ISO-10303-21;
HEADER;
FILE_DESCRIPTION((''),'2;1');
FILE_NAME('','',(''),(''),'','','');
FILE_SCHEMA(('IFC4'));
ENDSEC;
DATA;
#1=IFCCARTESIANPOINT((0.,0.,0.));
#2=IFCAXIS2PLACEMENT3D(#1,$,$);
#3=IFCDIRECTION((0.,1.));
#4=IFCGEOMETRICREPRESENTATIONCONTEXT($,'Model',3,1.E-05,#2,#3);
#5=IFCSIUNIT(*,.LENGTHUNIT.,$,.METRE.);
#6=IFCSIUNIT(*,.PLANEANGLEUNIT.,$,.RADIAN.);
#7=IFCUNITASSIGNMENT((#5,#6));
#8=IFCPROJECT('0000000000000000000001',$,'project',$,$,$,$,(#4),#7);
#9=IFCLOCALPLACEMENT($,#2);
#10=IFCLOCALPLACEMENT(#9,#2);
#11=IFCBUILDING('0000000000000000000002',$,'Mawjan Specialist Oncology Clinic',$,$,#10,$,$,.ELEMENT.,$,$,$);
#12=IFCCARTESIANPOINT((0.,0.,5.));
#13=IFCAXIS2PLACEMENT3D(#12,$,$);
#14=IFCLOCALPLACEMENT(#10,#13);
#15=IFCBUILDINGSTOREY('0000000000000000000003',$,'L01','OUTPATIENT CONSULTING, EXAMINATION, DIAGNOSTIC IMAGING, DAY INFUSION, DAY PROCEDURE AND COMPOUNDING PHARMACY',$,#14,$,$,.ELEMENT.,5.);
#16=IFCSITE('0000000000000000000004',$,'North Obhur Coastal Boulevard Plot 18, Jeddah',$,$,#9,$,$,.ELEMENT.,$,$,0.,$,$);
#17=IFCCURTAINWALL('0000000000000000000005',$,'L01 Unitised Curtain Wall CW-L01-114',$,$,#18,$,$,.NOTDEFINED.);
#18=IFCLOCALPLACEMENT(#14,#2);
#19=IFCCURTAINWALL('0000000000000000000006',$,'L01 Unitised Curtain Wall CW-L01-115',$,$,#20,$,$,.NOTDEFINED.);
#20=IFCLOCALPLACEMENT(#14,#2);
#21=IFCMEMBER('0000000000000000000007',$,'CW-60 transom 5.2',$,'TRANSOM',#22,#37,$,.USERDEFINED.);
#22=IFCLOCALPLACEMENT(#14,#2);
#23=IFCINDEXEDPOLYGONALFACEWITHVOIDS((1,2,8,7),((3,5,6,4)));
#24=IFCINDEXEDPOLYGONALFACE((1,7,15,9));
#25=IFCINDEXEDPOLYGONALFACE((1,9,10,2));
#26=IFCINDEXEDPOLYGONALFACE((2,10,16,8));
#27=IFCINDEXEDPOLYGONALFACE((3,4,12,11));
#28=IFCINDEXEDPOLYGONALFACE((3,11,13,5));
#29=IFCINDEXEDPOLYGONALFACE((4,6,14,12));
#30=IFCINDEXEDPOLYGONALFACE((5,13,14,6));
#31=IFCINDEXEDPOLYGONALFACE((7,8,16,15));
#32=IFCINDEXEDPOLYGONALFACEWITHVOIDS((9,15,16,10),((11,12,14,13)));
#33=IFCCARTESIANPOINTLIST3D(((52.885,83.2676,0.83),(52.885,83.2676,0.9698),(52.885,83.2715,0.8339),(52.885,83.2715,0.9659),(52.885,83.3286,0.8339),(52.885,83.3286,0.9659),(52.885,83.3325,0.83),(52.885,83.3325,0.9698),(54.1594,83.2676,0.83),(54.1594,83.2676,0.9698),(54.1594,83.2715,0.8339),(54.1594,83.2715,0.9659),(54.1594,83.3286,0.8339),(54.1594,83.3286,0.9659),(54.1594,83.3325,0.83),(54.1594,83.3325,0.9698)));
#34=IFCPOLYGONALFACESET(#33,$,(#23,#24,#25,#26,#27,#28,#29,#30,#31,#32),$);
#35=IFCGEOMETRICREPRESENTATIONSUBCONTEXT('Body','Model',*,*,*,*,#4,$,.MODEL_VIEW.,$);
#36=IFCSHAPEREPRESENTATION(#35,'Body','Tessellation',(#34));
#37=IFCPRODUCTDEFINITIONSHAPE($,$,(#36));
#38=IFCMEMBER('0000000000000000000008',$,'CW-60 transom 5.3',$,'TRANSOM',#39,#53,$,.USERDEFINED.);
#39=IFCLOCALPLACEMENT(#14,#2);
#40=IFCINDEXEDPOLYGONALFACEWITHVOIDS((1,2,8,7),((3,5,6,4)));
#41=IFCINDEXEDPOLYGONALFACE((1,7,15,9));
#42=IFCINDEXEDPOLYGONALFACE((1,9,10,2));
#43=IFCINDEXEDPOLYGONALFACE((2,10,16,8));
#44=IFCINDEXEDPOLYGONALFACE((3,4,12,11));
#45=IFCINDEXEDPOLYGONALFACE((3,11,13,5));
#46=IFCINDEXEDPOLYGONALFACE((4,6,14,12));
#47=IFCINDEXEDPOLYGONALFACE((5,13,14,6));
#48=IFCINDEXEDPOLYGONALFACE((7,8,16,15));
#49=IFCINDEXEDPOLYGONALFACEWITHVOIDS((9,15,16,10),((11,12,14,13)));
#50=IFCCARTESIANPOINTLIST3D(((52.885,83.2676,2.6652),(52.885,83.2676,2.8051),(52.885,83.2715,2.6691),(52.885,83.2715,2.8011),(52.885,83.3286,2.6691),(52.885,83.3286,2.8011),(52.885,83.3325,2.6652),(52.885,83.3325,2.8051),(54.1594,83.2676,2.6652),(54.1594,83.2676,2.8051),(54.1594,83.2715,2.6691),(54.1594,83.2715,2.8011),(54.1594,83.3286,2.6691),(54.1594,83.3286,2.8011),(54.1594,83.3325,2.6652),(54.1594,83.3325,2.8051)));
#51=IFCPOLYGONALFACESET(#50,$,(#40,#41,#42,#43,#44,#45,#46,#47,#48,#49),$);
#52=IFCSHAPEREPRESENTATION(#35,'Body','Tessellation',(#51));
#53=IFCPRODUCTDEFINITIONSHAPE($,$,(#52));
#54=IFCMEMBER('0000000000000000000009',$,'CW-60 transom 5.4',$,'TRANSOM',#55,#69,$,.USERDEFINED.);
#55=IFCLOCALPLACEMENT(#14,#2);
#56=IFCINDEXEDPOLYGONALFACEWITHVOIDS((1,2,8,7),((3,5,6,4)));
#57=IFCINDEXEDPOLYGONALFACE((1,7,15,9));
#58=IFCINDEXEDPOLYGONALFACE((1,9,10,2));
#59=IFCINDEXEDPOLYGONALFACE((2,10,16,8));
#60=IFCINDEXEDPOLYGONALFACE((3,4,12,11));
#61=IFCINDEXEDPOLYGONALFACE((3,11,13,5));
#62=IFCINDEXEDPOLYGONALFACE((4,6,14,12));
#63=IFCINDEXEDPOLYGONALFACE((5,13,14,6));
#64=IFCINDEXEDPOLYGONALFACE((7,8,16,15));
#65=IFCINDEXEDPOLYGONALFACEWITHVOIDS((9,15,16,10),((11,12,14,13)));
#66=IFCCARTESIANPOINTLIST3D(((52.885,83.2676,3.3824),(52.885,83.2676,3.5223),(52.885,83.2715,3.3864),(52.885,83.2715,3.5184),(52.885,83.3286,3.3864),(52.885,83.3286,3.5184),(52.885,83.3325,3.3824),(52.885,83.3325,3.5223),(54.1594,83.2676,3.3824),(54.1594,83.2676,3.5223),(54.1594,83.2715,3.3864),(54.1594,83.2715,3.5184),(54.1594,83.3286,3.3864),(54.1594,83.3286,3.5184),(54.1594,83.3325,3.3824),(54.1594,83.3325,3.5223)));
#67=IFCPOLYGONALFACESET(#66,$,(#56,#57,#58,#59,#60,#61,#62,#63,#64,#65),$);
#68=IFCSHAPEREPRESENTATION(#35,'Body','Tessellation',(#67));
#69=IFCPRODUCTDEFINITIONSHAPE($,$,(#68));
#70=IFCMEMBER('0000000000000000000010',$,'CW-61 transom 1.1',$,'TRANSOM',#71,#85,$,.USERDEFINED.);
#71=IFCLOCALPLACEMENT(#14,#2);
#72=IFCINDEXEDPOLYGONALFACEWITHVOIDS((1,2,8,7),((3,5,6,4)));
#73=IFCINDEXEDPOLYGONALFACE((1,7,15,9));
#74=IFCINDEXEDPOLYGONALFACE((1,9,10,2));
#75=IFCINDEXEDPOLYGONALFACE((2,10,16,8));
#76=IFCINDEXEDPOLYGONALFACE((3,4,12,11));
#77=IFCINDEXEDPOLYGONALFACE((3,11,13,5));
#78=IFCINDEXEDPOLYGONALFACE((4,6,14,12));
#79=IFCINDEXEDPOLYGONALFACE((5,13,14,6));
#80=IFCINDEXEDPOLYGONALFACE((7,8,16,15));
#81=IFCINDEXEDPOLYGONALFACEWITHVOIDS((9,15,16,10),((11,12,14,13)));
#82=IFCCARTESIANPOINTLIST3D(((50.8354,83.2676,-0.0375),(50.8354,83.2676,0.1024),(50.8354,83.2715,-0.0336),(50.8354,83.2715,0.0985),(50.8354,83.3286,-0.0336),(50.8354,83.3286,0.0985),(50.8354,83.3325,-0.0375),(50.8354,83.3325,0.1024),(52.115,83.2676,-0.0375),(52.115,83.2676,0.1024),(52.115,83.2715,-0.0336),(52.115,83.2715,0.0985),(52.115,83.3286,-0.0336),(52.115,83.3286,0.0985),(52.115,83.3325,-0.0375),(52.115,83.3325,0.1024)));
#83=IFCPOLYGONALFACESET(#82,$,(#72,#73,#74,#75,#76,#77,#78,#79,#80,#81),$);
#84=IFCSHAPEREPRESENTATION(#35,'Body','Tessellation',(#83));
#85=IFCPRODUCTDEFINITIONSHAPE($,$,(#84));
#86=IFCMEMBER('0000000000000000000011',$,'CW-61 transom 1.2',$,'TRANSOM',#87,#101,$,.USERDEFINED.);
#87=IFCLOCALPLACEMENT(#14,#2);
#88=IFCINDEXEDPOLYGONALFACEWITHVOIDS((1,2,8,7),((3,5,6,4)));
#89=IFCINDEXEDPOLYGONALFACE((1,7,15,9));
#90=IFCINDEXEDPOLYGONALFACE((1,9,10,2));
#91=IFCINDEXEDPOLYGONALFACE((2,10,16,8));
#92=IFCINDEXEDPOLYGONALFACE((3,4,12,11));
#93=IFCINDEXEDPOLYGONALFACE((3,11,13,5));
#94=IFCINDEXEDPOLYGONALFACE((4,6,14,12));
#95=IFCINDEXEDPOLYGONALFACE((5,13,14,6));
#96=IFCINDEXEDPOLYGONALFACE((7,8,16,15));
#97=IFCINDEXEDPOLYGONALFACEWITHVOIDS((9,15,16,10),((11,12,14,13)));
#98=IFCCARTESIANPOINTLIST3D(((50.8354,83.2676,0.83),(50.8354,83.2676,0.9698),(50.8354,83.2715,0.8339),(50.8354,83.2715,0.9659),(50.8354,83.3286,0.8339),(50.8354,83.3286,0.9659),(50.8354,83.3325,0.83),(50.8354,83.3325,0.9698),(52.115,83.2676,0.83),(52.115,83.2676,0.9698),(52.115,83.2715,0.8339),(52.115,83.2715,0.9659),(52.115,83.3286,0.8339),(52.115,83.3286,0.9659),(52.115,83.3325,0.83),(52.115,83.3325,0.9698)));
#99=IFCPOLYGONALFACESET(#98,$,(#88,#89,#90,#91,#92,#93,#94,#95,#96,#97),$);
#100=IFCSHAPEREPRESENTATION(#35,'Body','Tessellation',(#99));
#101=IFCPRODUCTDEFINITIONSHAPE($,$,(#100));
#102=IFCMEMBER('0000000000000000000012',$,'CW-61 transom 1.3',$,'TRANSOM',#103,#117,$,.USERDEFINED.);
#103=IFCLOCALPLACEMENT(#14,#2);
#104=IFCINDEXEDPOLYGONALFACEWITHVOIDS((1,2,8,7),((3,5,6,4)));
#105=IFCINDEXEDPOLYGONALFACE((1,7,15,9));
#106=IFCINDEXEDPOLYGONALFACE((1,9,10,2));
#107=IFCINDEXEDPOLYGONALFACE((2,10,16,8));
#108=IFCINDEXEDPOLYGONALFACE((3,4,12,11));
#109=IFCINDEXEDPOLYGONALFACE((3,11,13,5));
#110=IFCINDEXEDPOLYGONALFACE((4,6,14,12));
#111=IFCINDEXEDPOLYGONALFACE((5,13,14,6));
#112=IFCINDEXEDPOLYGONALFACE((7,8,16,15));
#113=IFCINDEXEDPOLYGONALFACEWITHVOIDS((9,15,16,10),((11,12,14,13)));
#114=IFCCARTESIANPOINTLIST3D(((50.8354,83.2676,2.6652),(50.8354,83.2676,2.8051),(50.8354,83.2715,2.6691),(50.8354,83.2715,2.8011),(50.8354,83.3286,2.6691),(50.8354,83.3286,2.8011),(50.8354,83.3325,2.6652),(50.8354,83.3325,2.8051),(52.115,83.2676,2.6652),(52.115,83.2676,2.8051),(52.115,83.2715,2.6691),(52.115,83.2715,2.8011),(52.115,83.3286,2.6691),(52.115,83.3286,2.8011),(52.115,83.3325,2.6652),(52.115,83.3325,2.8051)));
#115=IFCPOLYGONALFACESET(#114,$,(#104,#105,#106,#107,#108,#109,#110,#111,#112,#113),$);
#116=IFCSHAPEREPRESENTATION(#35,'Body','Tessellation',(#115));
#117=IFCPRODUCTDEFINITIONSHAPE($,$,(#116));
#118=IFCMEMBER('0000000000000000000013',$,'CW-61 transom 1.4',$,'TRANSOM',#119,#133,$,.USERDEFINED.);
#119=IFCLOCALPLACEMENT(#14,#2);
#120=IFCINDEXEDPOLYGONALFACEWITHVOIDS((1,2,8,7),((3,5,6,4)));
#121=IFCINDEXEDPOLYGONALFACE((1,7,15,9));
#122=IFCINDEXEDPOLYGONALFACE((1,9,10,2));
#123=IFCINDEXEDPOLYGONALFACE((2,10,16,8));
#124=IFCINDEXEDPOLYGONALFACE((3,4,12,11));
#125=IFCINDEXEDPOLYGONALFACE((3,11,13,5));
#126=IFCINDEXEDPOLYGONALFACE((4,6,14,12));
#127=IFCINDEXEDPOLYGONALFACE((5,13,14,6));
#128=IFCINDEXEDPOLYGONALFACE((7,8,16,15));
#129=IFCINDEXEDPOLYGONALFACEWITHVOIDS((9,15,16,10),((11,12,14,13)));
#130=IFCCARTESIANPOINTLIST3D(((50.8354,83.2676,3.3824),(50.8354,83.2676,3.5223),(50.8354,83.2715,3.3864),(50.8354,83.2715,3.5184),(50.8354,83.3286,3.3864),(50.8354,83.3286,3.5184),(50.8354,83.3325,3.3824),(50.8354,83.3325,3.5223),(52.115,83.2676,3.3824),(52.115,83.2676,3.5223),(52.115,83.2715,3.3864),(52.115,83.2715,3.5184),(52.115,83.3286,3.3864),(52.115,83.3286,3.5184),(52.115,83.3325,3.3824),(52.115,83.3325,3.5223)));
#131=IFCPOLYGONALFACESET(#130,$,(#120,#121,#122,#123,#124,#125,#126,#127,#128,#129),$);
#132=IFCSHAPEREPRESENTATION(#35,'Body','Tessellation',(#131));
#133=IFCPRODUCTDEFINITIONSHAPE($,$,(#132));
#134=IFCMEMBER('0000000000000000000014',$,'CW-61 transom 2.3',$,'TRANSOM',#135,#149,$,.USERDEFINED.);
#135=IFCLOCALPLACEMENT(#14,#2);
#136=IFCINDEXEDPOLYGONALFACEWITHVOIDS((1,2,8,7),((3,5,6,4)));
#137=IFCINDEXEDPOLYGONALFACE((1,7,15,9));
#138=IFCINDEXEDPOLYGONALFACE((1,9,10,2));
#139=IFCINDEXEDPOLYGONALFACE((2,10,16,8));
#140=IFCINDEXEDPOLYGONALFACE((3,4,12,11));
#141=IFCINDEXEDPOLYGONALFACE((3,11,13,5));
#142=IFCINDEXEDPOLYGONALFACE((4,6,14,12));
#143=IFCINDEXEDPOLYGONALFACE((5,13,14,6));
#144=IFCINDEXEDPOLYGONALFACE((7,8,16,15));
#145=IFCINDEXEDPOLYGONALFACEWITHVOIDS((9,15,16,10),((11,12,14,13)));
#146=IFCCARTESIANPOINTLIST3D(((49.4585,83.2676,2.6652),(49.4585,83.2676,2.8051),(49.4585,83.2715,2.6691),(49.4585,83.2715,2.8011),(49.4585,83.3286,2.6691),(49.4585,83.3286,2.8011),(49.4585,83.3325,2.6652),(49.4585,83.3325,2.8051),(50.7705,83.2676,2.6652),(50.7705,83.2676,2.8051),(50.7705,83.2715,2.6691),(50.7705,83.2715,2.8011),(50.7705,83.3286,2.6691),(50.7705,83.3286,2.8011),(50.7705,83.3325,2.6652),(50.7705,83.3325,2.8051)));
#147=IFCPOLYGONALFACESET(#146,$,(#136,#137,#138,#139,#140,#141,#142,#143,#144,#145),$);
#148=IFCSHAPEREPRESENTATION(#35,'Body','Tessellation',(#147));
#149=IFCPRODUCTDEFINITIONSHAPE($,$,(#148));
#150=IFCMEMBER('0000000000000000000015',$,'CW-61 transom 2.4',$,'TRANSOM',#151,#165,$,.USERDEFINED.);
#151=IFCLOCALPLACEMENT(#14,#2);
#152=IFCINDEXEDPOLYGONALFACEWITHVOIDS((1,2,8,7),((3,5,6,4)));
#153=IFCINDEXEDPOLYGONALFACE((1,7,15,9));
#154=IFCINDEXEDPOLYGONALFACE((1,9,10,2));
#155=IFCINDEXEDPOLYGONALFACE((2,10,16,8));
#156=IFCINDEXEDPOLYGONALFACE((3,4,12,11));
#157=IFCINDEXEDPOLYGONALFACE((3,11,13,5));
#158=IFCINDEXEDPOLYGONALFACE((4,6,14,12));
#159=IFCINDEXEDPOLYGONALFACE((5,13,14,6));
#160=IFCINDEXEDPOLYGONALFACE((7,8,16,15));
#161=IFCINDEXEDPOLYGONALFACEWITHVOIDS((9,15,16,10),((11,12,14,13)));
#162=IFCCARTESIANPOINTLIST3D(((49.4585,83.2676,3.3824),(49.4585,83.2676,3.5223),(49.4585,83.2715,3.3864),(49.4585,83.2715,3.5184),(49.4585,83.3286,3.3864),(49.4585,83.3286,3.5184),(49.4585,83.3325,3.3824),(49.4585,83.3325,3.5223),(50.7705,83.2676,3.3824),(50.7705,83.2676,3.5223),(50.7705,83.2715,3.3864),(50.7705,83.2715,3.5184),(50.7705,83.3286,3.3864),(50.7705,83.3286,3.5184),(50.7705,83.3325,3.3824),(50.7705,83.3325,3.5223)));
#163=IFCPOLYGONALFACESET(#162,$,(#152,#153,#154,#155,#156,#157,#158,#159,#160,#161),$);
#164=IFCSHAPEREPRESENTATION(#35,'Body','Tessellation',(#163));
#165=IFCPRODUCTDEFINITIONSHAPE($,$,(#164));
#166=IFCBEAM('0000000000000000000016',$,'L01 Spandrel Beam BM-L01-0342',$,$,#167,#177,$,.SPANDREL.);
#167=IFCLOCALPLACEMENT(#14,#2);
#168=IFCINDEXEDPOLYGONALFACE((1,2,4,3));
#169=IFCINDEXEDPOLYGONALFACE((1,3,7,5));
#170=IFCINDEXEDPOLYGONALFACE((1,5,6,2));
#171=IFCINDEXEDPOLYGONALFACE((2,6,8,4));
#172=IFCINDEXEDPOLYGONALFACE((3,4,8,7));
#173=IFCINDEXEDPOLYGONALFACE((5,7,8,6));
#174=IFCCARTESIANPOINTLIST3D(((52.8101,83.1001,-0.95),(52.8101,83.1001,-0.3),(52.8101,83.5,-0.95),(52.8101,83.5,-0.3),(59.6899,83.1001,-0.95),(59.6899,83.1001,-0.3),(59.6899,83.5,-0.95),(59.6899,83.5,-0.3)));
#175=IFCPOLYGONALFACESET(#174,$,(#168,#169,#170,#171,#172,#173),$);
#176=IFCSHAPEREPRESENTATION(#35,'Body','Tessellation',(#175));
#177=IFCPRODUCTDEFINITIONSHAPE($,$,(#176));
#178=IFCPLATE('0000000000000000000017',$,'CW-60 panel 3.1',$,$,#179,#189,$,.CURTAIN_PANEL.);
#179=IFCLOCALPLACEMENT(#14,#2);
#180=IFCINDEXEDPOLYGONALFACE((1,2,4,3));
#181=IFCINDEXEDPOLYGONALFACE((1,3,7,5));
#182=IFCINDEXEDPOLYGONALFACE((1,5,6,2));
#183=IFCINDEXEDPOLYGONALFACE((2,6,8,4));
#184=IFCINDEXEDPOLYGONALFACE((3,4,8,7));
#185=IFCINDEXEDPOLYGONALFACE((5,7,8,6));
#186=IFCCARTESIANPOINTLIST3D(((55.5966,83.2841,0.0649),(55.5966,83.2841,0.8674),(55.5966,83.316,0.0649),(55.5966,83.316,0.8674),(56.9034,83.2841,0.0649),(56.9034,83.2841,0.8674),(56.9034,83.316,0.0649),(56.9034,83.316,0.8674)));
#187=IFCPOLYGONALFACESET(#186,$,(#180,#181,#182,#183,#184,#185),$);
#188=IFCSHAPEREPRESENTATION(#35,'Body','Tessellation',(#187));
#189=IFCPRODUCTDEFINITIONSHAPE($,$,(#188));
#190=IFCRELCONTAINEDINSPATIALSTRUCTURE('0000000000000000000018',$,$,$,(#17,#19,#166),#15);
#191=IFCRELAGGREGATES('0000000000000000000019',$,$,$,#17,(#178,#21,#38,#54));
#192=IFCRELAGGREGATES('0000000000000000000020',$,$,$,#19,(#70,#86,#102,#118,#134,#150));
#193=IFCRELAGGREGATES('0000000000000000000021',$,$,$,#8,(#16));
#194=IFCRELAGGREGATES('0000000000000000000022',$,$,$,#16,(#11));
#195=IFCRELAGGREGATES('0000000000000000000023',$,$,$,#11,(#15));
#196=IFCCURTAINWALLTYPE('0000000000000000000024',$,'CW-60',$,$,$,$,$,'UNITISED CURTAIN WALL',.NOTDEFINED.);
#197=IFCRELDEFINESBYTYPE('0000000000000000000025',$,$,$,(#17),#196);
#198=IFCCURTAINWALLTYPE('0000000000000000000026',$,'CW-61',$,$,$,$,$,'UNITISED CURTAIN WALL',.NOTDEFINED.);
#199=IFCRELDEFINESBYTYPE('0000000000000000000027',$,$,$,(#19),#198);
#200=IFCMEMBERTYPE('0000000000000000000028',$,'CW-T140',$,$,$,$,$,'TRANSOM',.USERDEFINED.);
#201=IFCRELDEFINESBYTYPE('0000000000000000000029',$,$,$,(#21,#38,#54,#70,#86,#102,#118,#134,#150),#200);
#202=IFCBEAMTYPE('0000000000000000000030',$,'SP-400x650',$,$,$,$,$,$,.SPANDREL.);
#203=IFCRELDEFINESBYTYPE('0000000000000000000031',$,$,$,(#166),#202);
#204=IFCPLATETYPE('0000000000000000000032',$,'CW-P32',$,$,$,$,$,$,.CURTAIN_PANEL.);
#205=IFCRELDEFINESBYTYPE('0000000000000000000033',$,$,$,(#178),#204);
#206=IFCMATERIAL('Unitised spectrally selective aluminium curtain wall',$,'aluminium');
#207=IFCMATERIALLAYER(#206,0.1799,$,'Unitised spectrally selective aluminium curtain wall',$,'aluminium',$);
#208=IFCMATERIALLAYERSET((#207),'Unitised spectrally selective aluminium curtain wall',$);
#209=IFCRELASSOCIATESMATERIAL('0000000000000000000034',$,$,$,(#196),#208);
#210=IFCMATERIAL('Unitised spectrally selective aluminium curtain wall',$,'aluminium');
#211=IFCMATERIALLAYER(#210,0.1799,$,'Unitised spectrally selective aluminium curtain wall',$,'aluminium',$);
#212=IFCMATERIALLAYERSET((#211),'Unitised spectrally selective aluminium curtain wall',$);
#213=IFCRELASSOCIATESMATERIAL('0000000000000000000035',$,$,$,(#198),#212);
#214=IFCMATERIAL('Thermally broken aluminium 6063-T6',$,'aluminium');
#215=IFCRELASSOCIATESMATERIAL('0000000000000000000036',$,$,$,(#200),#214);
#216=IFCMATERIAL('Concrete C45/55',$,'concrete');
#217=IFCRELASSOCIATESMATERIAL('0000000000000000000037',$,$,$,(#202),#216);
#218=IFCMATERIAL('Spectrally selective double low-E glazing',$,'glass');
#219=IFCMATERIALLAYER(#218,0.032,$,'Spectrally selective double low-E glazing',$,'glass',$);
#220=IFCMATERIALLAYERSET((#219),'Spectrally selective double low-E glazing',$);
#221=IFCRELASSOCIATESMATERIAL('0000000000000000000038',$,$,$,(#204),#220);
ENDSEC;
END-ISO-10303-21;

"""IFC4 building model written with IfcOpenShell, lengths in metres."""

from ifc_helpers import new_model, si_unit, direction, frame, origin, origin_2d, place, context, subcontext, project, spatial, rectangle, hollow_rectangle, extrude, material, layer, layer_set, material_profile, profile_set, type_object, element, aggregate, save


model = new_model("IFC4")

# Units and contexts
model_context = context("Model", 3, precision=1e-05, world=origin(), true_north=direction((0.0, 1.0)))
body_context = subcontext(model_context, "Body", "Model", "MODEL_VIEW")
ifc_project = project(units=[si_unit("LENGTHUNIT", "METRE"), si_unit("PLANEANGLEUNIT", "RADIAN")], contexts=[model_context])

# Site, building, storey
site_placement = place(None, origin())
site = spatial("IfcSite", under=ifc_project, at=site_placement, Name="North Obhur Coastal Boulevard Plot 18, Jeddah", CompositionType="ELEMENT", RefElevation=0.0)
building_placement = place(site_placement, origin())
building = spatial("IfcBuilding", under=site, at=building_placement, Name="Mawjan Specialist Oncology Clinic", CompositionType="ELEMENT")
storey_placement = place(building_placement, frame((0.0, 0.0, 5.0)))
storey = spatial("IfcBuildingStorey", under=building, at=storey_placement, Name="L01", Description="OUTPATIENT CONSULTING, EXAMINATION, DIAGNOSTIC IMAGING, DAY INFUSION, DAY PROCEDURE AND COMPOUNDING PHARMACY", CompositionType="ELEMENT", Elevation=5.0)

# Curtain walls
ifc_material_1 = material(Name="Unitised spectrally selective aluminium curtain wall", Category="aluminium")
ifc_layer_1 = layer(ifc_material_1, 0.1799, Name="Unitised spectrally selective aluminium curtain wall", Category="aluminium")
ifc_layer_set_1 = layer_set([ifc_layer_1], Name="Unitised spectrally selective aluminium curtain wall")
curtain_wall_type_1 = type_object("IfcCurtainWallType", Name="CW-60", ElementType="UNITISED CURTAIN WALL", PredefinedType="NOTDEFINED", material=ifc_layer_set_1)
curtain_wall_1_placement = place(storey_placement, origin())
curtain_wall_1 = element("IfcCurtainWall", 1, at=curtain_wall_1_placement, inside=storey, type_object=curtain_wall_type_1, Name="L01 Unitised Curtain Wall CW-L01-114", PredefinedType="NOTDEFINED")
ifc_material_2 = material(Name="Unitised spectrally selective aluminium curtain wall", Category="aluminium")
ifc_layer_2 = layer(ifc_material_2, 0.1799, Name="Unitised spectrally selective aluminium curtain wall", Category="aluminium")
ifc_layer_set_2 = layer_set([ifc_layer_2], Name="Unitised spectrally selective aluminium curtain wall")
curtain_wall_type_2 = type_object("IfcCurtainWallType", Name="CW-61", ElementType="UNITISED CURTAIN WALL", PredefinedType="NOTDEFINED", material=ifc_layer_set_2)
curtain_wall_2_placement = place(storey_placement, origin())
curtain_wall_2 = element("IfcCurtainWall", 2, at=curtain_wall_2_placement, inside=storey, type_object=curtain_wall_type_2, Name="L01 Unitised Curtain Wall CW-L01-115", PredefinedType="NOTDEFINED")

# Members
ifc_material_3 = material(Name="Thermally broken aluminium 6063-T6", Category="aluminium")
ifc_material_profile_1 = material_profile(ifc_material_3, hollow_rectangle(XDim=0.0649, YDim=0.1399, WallThickness=0.0039, at=origin_2d()), Name="ALU TRANSOM 140x65x4", Category="aluminium")
ifc_profile_set_1 = profile_set([ifc_material_profile_1], Name="Thermally broken aluminium 6063-T6")
member_type_1 = type_object("IfcMemberType", Name="CW-T140", ElementType="TRANSOM", PredefinedType="USERDEFINED", material=ifc_profile_set_1)
member_1_placement = place(storey_placement, frame((54.1594, 83.3, 0.8999), z_axis=(-1.0, 0.0, 0.0), x_axis=(0.0, -1.0, 0.0)))
member_1 = element("IfcMember", 3, at=member_1_placement, type_object=member_type_1, Name="CW-60 transom 5.2", ObjectType="TRANSOM", PredefinedType="USERDEFINED", context=body_context, shape_type="SweptSolid", body=[
    extrude(hollow_rectangle(XDim=0.0649, YDim=0.1399, WallThickness=0.0039, at=origin_2d()), origin(), (0.0, 0.0, 1.0), 1.2744),
])
member_2_placement = place(storey_placement, frame((54.1594, 83.3, 2.7351), z_axis=(-1.0, 0.0, 0.0), x_axis=(0.0, -1.0, 0.0)))
member_2 = element("IfcMember", 4, at=member_2_placement, type_object=member_type_1, Name="CW-60 transom 5.3", ObjectType="TRANSOM", PredefinedType="USERDEFINED", context=body_context, shape_type="SweptSolid", body=[
    extrude(hollow_rectangle(XDim=0.0649, YDim=0.1399, WallThickness=0.0039, at=origin_2d()), origin(), (0.0, 0.0, 1.0), 1.2744),
])
member_3_placement = place(storey_placement, frame((54.1594, 83.3, 3.4524), z_axis=(-1.0, 0.0, 0.0), x_axis=(0.0, -1.0, 0.0)))
member_3 = element("IfcMember", 5, at=member_3_placement, type_object=member_type_1, Name="CW-60 transom 5.4", ObjectType="TRANSOM", PredefinedType="USERDEFINED", context=body_context, shape_type="SweptSolid", body=[
    extrude(hollow_rectangle(XDim=0.0649, YDim=0.1399, WallThickness=0.0039, at=origin_2d()), origin(), (0.0, 0.0, 1.0), 1.2744),
])
member_4_placement = place(storey_placement, frame((52.115, 83.3, 0.0325), z_axis=(-1.0, 0.0, 0.0), x_axis=(0.0, -1.0, 0.0)))
member_4 = element("IfcMember", 6, at=member_4_placement, type_object=member_type_1, Name="CW-61 transom 1.1", ObjectType="TRANSOM", PredefinedType="USERDEFINED", context=body_context, shape_type="SweptSolid", body=[
    extrude(hollow_rectangle(XDim=0.0649, YDim=0.1399, WallThickness=0.0039, at=origin_2d()), origin(), (0.0, 0.0, 1.0), 1.2795),
])
member_5_placement = place(storey_placement, frame((52.115, 83.3, 0.8999), z_axis=(-1.0, 0.0, 0.0), x_axis=(0.0, -1.0, 0.0)))
member_5 = element("IfcMember", 7, at=member_5_placement, type_object=member_type_1, Name="CW-61 transom 1.2", ObjectType="TRANSOM", PredefinedType="USERDEFINED", context=body_context, shape_type="SweptSolid", body=[
    extrude(hollow_rectangle(XDim=0.0649, YDim=0.1399, WallThickness=0.0039, at=origin_2d()), origin(), (0.0, 0.0, 1.0), 1.2795),
])
member_6_placement = place(storey_placement, frame((52.115, 83.3, 2.7351), z_axis=(-1.0, 0.0, 0.0), x_axis=(0.0, -1.0, 0.0)))
member_6 = element("IfcMember", 8, at=member_6_placement, type_object=member_type_1, Name="CW-61 transom 1.3", ObjectType="TRANSOM", PredefinedType="USERDEFINED", context=body_context, shape_type="SweptSolid", body=[
    extrude(hollow_rectangle(XDim=0.0649, YDim=0.1399, WallThickness=0.0039, at=origin_2d()), origin(), (0.0, 0.0, 1.0), 1.2795),
])
member_7_placement = place(storey_placement, frame((52.115, 83.3, 3.4524), z_axis=(-1.0, 0.0, 0.0), x_axis=(0.0, -1.0, 0.0)))
member_7 = element("IfcMember", 9, at=member_7_placement, type_object=member_type_1, Name="CW-61 transom 1.4", ObjectType="TRANSOM", PredefinedType="USERDEFINED", context=body_context, shape_type="SweptSolid", body=[
    extrude(hollow_rectangle(XDim=0.0649, YDim=0.1399, WallThickness=0.0039, at=origin_2d()), origin(), (0.0, 0.0, 1.0), 1.2795),
])
member_8_placement = place(storey_placement, frame((50.7705, 83.3, 2.7351), z_axis=(-1.0, 0.0, 0.0), x_axis=(0.0, -1.0, 0.0)))
member_8 = element("IfcMember", 10, at=member_8_placement, type_object=member_type_1, Name="CW-61 transom 2.3", ObjectType="TRANSOM", PredefinedType="USERDEFINED", context=body_context, shape_type="SweptSolid", body=[
    extrude(hollow_rectangle(XDim=0.0649, YDim=0.1399, WallThickness=0.0039, at=origin_2d()), origin(), (0.0, 0.0, 1.0), 1.312),
])
member_9_placement = place(storey_placement, frame((50.7705, 83.3, 3.4524), z_axis=(-1.0, 0.0, 0.0), x_axis=(0.0, -1.0, 0.0)))
member_9 = element("IfcMember", 11, at=member_9_placement, type_object=member_type_1, Name="CW-61 transom 2.4", ObjectType="TRANSOM", PredefinedType="USERDEFINED", context=body_context, shape_type="SweptSolid", body=[
    extrude(hollow_rectangle(XDim=0.0649, YDim=0.1399, WallThickness=0.0039, at=origin_2d()), origin(), (0.0, 0.0, 1.0), 1.312),
])

# Beam
ifc_material_4 = material(Name="Concrete C45/55", Category="concrete")
ifc_material_profile_2 = material_profile(ifc_material_4, rectangle(XDim=0.3999, YDim=0.6499, at=origin_2d()), Name="RC BM 400x650", Category="concrete")
ifc_profile_set_2 = profile_set([ifc_material_profile_2], Name="Concrete C45/55")
beam_type = type_object("IfcBeamType", Name="SP-400x650", PredefinedType="SPANDREL", material=ifc_profile_set_2)
beam_placement = place(storey_placement, frame((52.8101, 83.3, -0.625), z_axis=(1.0, 0.0, 0.0), x_axis=(0.0, 1.0, 0.0)))
element("IfcBeam", 12, at=beam_placement, inside=storey, type_object=beam_type, Name="L01 Spandrel Beam BM-L01-0342", PredefinedType="SPANDREL", context=body_context, shape_type="SweptSolid", body=[
    extrude(rectangle(XDim=0.3999, YDim=0.6499, at=origin_2d()), origin(), (0.0, 0.0, 1.0), 6.8799),
])

# Plate
ifc_material_5 = material(Name="Spectrally selective double low-E glazing", Category="glass")
ifc_layer_3 = layer(ifc_material_5, 0.032, Name="Spectrally selective double low-E glazing", Category="glass")
ifc_layer_set_3 = layer_set([ifc_layer_3], Name="Spectrally selective double low-E glazing")
plate_type = type_object("IfcPlateType", Name="CW-P32", PredefinedType="CURTAIN_PANEL", material=ifc_layer_set_3)
plate_1_placement = place(storey_placement, frame((56.25, 83.3, 0.0649), z_axis=(0.0, 0.0, 1.0), x_axis=(-1.0, 0.0, 0.0)))
plate_1 = element("IfcPlate", 13, at=plate_1_placement, type_object=plate_type, Name="CW-60 panel 3.1", PredefinedType="CURTAIN_PANEL", context=body_context, shape_type="SweptSolid", body=[
    extrude(rectangle(XDim=1.3069, YDim=0.032, at=origin_2d()), origin(), (0.0, 0.0, 1.0), 0.8025),
])
aggregate(curtain_wall_1, [plate_1, member_1, member_2, member_3])
aggregate(curtain_wall_2, [member_4, member_5, member_6, member_7, member_8, member_9])

save(model, "model.ifc")
